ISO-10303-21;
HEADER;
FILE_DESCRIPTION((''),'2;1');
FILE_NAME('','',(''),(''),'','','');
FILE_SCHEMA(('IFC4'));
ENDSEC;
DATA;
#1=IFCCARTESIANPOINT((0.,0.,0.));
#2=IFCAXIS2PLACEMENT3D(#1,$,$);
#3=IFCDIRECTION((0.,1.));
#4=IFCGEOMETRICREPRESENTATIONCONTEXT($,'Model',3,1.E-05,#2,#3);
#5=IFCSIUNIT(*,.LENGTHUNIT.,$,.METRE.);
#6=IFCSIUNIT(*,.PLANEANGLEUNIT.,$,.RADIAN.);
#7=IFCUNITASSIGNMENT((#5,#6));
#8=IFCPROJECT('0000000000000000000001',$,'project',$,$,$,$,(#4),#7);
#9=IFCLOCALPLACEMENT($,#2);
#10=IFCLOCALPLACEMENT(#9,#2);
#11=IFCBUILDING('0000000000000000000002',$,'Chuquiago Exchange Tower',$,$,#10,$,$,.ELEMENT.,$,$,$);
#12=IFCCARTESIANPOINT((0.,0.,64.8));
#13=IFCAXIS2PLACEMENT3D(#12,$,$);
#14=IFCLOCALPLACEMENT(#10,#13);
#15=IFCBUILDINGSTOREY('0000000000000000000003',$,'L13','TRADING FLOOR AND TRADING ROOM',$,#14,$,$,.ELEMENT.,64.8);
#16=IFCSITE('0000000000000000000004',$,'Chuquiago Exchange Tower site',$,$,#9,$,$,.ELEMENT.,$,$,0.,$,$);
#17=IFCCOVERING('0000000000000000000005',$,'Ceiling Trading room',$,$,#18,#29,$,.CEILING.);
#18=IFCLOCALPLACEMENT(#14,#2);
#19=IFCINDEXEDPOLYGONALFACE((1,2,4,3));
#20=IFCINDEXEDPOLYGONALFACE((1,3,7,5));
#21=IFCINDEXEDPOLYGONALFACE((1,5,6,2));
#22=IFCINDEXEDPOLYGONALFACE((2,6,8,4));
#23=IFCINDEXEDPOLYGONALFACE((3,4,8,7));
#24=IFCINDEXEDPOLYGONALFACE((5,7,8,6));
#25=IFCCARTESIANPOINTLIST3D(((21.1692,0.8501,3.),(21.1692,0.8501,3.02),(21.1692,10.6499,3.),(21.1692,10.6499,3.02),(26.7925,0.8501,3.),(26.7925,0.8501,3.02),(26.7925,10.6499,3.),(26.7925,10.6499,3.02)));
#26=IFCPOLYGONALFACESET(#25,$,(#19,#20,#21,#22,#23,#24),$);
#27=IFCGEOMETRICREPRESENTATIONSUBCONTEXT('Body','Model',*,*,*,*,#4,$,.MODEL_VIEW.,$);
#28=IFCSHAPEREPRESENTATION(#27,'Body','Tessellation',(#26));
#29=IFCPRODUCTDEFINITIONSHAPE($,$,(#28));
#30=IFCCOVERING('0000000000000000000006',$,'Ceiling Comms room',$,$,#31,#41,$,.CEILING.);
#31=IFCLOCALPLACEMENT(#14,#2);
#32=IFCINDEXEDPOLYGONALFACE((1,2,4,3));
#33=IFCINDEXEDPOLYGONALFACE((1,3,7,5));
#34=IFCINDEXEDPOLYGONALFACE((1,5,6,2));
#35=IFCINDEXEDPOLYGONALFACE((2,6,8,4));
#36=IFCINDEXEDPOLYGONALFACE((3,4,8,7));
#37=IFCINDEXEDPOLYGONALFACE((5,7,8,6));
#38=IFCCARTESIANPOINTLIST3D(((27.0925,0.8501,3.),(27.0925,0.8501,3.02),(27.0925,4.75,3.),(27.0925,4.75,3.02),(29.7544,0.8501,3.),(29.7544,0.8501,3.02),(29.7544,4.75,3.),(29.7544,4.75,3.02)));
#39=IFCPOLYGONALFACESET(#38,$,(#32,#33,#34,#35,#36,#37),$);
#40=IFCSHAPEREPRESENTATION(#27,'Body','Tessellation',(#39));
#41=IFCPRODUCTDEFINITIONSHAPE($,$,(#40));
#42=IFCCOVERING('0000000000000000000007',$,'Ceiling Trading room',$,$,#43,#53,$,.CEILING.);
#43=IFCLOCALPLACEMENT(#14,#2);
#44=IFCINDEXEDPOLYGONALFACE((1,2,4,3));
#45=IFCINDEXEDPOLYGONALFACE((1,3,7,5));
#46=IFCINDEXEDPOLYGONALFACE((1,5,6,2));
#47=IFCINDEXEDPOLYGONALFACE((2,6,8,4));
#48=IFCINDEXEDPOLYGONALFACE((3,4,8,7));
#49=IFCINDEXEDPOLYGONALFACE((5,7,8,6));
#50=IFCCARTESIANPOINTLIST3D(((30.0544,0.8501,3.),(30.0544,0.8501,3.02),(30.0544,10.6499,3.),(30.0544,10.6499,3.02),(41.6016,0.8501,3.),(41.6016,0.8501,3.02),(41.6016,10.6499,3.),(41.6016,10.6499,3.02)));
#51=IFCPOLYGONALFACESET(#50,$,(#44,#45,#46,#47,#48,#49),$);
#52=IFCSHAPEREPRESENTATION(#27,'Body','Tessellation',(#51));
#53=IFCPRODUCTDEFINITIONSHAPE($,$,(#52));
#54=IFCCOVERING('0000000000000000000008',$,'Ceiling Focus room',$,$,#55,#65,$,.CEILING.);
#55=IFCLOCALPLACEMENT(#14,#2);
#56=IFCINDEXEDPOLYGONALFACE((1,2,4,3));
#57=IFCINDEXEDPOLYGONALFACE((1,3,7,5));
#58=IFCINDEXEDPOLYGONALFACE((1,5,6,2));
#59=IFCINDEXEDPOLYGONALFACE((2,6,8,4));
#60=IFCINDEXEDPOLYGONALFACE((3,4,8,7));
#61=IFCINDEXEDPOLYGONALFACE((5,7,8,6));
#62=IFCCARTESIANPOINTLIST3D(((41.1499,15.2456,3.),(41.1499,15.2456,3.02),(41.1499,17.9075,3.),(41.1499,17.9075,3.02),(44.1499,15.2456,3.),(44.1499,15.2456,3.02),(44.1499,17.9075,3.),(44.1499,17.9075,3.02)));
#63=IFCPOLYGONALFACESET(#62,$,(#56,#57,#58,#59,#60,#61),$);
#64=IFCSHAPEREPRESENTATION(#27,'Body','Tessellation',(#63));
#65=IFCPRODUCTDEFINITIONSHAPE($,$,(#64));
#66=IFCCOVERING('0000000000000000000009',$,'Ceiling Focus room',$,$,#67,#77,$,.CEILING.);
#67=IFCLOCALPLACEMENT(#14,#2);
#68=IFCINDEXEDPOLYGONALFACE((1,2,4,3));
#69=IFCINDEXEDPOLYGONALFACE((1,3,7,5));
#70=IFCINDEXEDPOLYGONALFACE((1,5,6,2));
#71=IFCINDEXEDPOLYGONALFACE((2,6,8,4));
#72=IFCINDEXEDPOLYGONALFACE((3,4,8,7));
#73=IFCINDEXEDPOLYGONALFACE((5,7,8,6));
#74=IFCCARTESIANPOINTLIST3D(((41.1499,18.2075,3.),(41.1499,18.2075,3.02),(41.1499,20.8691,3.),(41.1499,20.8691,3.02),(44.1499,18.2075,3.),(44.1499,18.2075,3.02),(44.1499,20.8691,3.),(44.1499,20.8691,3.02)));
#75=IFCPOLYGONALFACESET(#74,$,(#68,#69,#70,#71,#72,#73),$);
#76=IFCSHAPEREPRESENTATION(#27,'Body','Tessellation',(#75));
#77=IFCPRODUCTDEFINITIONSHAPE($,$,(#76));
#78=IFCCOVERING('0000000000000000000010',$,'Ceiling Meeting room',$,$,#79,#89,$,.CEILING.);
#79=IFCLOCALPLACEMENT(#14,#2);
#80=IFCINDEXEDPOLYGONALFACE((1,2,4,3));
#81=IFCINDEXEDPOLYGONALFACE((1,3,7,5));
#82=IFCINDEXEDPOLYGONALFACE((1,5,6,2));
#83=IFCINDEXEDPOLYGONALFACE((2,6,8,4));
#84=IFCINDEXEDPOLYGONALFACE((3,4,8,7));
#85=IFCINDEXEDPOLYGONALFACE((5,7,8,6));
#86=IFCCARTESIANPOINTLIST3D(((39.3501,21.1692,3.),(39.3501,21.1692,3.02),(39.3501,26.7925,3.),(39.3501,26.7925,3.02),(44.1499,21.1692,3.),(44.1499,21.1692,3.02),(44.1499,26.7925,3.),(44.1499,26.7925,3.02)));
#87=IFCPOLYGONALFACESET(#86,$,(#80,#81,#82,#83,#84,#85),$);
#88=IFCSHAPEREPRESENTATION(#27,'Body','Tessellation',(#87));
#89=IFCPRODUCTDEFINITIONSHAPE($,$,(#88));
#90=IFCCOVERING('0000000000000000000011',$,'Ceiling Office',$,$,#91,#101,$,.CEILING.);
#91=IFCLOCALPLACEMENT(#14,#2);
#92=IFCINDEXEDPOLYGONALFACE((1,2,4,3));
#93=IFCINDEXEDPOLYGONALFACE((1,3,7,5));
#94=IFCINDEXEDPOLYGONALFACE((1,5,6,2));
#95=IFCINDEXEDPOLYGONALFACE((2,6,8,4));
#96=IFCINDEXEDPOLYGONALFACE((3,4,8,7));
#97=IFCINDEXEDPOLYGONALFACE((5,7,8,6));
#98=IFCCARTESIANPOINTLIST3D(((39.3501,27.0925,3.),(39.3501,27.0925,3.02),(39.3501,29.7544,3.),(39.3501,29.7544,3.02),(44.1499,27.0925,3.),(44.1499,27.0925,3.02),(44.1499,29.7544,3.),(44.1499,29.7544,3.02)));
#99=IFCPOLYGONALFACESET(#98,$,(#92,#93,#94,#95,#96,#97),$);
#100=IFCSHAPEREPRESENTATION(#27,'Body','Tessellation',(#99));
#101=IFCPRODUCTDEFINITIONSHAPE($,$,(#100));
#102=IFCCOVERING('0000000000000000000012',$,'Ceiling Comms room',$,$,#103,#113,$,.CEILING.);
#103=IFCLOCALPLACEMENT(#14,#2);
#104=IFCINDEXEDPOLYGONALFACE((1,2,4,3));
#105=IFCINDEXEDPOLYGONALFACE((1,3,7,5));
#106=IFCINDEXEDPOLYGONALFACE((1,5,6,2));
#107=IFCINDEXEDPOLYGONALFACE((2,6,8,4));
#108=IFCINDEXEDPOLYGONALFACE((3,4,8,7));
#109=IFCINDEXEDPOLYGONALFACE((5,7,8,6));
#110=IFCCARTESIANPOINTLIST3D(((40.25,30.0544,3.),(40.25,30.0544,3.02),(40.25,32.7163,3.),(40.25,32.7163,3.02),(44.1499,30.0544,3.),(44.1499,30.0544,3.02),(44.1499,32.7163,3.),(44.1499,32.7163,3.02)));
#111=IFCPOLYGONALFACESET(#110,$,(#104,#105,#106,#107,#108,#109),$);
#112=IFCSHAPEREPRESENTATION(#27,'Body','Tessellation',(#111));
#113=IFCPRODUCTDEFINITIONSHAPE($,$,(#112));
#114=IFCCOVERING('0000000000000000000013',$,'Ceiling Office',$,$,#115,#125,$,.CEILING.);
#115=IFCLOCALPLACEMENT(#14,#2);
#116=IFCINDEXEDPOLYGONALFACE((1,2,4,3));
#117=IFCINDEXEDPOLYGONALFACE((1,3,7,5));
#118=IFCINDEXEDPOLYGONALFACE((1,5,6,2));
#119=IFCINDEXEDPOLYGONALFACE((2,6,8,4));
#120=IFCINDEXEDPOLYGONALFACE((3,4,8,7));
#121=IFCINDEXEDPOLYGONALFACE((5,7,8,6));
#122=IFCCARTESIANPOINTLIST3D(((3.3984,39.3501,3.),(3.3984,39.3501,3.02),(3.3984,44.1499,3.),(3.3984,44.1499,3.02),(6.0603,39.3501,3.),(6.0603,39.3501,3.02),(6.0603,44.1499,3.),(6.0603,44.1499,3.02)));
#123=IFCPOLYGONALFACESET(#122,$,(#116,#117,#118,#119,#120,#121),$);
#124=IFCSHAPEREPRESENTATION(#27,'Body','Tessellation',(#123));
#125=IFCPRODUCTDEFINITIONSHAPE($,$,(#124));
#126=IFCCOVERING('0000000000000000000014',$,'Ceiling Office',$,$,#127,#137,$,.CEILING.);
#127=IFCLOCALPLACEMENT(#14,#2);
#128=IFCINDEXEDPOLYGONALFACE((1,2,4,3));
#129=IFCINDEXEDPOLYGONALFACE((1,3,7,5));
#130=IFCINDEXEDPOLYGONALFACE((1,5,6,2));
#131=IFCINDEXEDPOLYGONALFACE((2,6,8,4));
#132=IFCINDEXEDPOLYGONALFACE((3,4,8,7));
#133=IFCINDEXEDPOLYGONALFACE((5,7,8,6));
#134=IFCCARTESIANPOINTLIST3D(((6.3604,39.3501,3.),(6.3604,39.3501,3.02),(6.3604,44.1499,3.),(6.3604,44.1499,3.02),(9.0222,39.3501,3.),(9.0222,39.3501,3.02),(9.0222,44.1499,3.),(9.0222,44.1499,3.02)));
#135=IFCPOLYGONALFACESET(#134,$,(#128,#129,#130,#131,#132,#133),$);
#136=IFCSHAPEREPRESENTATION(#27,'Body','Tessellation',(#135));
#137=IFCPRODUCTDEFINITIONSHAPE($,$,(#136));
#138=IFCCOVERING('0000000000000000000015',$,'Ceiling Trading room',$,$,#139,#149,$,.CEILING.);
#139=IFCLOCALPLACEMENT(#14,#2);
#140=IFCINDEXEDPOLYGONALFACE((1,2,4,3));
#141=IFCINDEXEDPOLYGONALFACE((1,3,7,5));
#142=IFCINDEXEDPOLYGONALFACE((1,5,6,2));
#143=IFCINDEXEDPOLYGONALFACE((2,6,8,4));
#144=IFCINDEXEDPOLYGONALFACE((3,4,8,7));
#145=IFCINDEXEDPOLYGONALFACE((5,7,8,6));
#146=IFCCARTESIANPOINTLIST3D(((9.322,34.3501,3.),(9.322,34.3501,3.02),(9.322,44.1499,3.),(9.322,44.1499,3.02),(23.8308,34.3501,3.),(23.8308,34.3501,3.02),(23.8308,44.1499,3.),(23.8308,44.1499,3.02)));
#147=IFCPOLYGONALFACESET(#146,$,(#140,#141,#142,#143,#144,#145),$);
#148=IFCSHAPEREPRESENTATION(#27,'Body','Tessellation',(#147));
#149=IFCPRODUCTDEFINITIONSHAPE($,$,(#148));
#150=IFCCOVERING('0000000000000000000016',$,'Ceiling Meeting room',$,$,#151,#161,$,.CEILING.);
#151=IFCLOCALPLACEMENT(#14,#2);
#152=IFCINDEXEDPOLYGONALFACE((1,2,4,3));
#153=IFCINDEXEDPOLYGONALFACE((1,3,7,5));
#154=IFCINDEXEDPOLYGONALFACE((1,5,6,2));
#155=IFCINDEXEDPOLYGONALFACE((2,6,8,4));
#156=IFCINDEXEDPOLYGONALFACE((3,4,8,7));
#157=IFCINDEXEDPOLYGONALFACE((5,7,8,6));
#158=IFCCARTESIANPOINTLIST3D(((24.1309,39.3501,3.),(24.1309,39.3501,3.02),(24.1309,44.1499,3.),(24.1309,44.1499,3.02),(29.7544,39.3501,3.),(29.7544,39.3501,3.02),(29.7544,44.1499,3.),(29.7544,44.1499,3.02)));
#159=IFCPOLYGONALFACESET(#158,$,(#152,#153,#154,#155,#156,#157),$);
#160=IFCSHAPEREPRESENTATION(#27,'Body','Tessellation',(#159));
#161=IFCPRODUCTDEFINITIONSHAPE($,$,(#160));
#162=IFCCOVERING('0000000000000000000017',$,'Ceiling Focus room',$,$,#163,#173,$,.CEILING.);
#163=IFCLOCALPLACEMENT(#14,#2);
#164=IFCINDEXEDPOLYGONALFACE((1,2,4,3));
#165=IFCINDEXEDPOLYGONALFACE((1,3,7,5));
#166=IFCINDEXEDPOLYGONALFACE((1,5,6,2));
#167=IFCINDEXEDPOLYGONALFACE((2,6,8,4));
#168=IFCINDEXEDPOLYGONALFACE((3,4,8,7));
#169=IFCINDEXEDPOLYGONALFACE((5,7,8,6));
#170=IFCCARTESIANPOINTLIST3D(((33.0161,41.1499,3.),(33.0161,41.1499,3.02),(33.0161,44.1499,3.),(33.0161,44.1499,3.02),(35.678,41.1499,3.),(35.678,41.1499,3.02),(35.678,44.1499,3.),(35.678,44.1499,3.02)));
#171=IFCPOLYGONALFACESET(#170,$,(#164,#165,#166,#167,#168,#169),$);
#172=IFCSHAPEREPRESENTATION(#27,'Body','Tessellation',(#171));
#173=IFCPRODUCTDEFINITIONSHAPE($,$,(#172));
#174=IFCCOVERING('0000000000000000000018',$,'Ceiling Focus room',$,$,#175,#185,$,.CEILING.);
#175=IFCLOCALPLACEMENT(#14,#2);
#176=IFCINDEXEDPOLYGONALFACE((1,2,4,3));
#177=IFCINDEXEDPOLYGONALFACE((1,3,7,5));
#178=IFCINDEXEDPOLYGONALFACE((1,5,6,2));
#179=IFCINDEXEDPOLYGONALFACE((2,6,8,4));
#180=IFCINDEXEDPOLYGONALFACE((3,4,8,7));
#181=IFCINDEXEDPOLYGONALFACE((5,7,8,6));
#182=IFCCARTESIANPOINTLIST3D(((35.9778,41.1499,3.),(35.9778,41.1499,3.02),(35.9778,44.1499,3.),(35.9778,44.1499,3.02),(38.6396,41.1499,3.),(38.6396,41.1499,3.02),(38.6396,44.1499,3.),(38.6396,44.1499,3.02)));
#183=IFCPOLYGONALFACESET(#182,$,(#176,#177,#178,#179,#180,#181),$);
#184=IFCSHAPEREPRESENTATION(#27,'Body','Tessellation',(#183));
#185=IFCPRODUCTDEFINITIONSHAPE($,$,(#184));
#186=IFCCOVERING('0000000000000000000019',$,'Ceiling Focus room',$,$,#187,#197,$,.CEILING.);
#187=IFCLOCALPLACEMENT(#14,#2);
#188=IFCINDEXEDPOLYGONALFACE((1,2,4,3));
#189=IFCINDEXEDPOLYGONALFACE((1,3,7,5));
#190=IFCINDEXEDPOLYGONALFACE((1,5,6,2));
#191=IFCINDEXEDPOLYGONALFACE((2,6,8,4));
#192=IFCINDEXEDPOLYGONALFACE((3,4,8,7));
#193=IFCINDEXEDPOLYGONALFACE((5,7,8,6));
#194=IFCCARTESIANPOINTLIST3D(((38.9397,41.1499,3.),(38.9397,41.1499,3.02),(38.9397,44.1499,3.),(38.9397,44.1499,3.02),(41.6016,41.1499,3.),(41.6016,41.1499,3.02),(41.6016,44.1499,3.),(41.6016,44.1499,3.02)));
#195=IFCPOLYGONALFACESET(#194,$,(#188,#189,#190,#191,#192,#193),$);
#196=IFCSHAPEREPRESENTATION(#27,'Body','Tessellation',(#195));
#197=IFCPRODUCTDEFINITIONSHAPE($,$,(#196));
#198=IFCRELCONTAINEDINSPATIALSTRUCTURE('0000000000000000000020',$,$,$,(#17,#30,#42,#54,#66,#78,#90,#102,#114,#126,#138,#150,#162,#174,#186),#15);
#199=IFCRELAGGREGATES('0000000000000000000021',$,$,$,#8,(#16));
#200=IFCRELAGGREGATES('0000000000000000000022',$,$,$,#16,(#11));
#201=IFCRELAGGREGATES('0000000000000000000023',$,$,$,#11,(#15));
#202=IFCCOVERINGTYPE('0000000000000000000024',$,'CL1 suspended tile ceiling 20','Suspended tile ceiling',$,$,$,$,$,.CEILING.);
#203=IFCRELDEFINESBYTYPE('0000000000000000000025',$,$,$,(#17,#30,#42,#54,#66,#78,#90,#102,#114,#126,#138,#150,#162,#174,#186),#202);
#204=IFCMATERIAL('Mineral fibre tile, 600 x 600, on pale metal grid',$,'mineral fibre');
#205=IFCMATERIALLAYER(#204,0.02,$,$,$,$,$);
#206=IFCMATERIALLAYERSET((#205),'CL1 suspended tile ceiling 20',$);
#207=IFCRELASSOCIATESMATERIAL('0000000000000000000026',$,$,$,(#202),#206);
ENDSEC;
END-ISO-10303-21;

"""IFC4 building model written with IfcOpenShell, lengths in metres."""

from ifc_helpers import new_model, si_unit, direction, frame, origin, place, context, subcontext, project, spatial, polyline, outline, extrude, material, layer, layer_set, type_object, element, save


model = new_model("IFC4")

# Units and contexts
model_context = context("Model", 3, precision=1e-05, world=origin(), true_north=direction((0.0, 1.0)))
body_context = subcontext(model_context, "Body", "Model", "MODEL_VIEW")
ifc_project = project(units=[si_unit("LENGTHUNIT", "METRE"), si_unit("PLANEANGLEUNIT", "RADIAN")], contexts=[model_context])

# Site, building, storey
site_placement = place(None, origin())
site = spatial("IfcSite", under=ifc_project, at=site_placement, Name="Chuquiago Exchange Tower site", CompositionType="ELEMENT", RefElevation=0.0)
building_placement = place(site_placement, origin())
building = spatial("IfcBuilding", under=site, at=building_placement, Name="Chuquiago Exchange Tower", CompositionType="ELEMENT")
storey_placement = place(building_placement, frame((0.0, 0.0, 64.8)))
storey = spatial("IfcBuildingStorey", under=building, at=storey_placement, Name="L13", Description="TRADING FLOOR AND TRADING ROOM", CompositionType="ELEMENT", Elevation=64.8)

# Coverings
ifc_material_1 = material(Name="Mineral fibre tile, 600 x 600, on pale metal grid", Category="mineral fibre")
ifc_layer_1 = layer(ifc_material_1, 0.02)
ifc_layer_set_1 = layer_set([ifc_layer_1], Name="CL1 suspended tile ceiling 20")
covering_type_1 = type_object("IfcCoveringType", Name="CL1 suspended tile ceiling 20", Description="Suspended tile ceiling", PredefinedType="CEILING", material=ifc_layer_set_1)
covering_1_placement = place(storey_placement, frame((0.0, 0.0, 3.0)))
element("IfcCovering", 1, at=covering_1_placement, inside=storey, type_object=covering_type_1, Name="Ceiling Trading room", PredefinedType="CEILING", context=body_context, shape_type="SweptSolid", body=[
    extrude(outline(polyline([(21.1692, 10.6499), (26.7925, 10.6499), (26.7925, 0.8501), (21.1692, 0.8501), (21.1692, 10.6499)])), origin(), (0.0, 0.0, 1.0), 0.02),
])
covering_2_placement = place(storey_placement, frame((0.0, 0.0, 3.0)))
element("IfcCovering", 2, at=covering_2_placement, inside=storey, type_object=covering_type_1, Name="Ceiling Comms room", PredefinedType="CEILING", context=body_context, shape_type="SweptSolid", body=[
    extrude(outline(polyline([(27.0925, 4.75), (29.7544, 4.75), (29.7544, 0.8501), (27.0925, 0.8501), (27.0925, 4.75)])), origin(), (0.0, 0.0, 1.0), 0.02),
])
covering_3_placement = place(storey_placement, frame((0.0, 0.0, 3.0)))
element("IfcCovering", 3, at=covering_3_placement, inside=storey, type_object=covering_type_1, Name="Ceiling Trading room", PredefinedType="CEILING", context=body_context, shape_type="SweptSolid", body=[
    extrude(outline(polyline([(30.0544, 0.8501), (30.0544, 10.6499), (41.6016, 10.6499), (41.6016, 0.8501), (30.0544, 0.8501)])), origin(), (0.0, 0.0, 1.0), 0.02),
])
covering_4_placement = place(storey_placement, frame((0.0, 0.0, 3.0)))
element("IfcCovering", 4, at=covering_4_placement, inside=storey, type_object=covering_type_1, Name="Ceiling Focus room", PredefinedType="CEILING", context=body_context, shape_type="SweptSolid", body=[
    extrude(outline(polyline([(41.1499, 15.2456), (41.1499, 17.9075), (44.1499, 17.9075), (44.1499, 15.2456), (41.1499, 15.2456)])), origin(), (0.0, 0.0, 1.0), 0.02),
])
covering_5_placement = place(storey_placement, frame((0.0, 0.0, 3.0)))
element("IfcCovering", 5, at=covering_5_placement, inside=storey, type_object=covering_type_1, Name="Ceiling Focus room", PredefinedType="CEILING", context=body_context, shape_type="SweptSolid", body=[
    extrude(outline(polyline([(41.1499, 18.2075), (41.1499, 20.8691), (44.1499, 20.8691), (44.1499, 18.2075), (41.1499, 18.2075)])), origin(), (0.0, 0.0, 1.0), 0.02),
])
covering_6_placement = place(storey_placement, frame((0.0, 0.0, 3.0)))
element("IfcCovering", 6, at=covering_6_placement, inside=storey, type_object=covering_type_1, Name="Ceiling Meeting room", PredefinedType="CEILING", context=body_context, shape_type="SweptSolid", body=[
    extrude(outline(polyline([(39.3501, 21.1692), (39.3501, 26.7925), (44.1499, 26.7925), (44.1499, 21.1692), (39.3501, 21.1692)])), origin(), (0.0, 0.0, 1.0), 0.02),
])
covering_7_placement = place(storey_placement, frame((0.0, 0.0, 3.0)))
element("IfcCovering", 7, at=covering_7_placement, inside=storey, type_object=covering_type_1, Name="Ceiling Office", PredefinedType="CEILING", context=body_context, shape_type="SweptSolid", body=[
    extrude(outline(polyline([(39.3501, 27.0925), (39.3501, 29.7544), (44.1499, 29.7544), (44.1499, 27.0925), (39.3501, 27.0925)])), origin(), (0.0, 0.0, 1.0), 0.02),
])
covering_8_placement = place(storey_placement, frame((0.0, 0.0, 3.0)))
element("IfcCovering", 8, at=covering_8_placement, inside=storey, type_object=covering_type_1, Name="Ceiling Comms room", PredefinedType="CEILING", context=body_context, shape_type="SweptSolid", body=[
    extrude(outline(polyline([(40.25, 30.0544), (40.25, 32.7163), (44.1499, 32.7163), (44.1499, 30.0544), (40.25, 30.0544)])), origin(), (0.0, 0.0, 1.0), 0.02),
])
covering_9_placement = place(storey_placement, frame((0.0, 0.0, 3.0)))
element("IfcCovering", 9, at=covering_9_placement, inside=storey, type_object=covering_type_1, Name="Ceiling Office", PredefinedType="CEILING", context=body_context, shape_type="SweptSolid", body=[
    extrude(outline(polyline([(6.0603, 44.1499), (6.0603, 39.3501), (3.3984, 39.3501), (3.3984, 44.1499), (6.0603, 44.1499)])), origin(), (0.0, 0.0, 1.0), 0.02),
])
covering_10_placement = place(storey_placement, frame((0.0, 0.0, 3.0)))
element("IfcCovering", 10, at=covering_10_placement, inside=storey, type_object=covering_type_1, Name="Ceiling Office", PredefinedType="CEILING", context=body_context, shape_type="SweptSolid", body=[
    extrude(outline(polyline([(9.0222, 39.3501), (6.3604, 39.3501), (6.3604, 44.1499), (9.0222, 44.1499), (9.0222, 39.3501)])), origin(), (0.0, 0.0, 1.0), 0.02),
])
covering_11_placement = place(storey_placement, frame((0.0, 0.0, 3.0)))
element("IfcCovering", 11, at=covering_11_placement, inside=storey, type_object=covering_type_1, Name="Ceiling Trading room", PredefinedType="CEILING", context=body_context, shape_type="SweptSolid", body=[
    extrude(outline(polyline([(23.8308, 34.3501), (9.322, 34.3501), (9.322, 44.1499), (23.8308, 44.1499), (23.8308, 34.3501)])), origin(), (0.0, 0.0, 1.0), 0.02),
])
covering_12_placement = place(storey_placement, frame((0.0, 0.0, 3.0)))
element("IfcCovering", 12, at=covering_12_placement, inside=storey, type_object=covering_type_1, Name="Ceiling Meeting room", PredefinedType="CEILING", context=body_context, shape_type="SweptSolid", body=[
    extrude(outline(polyline([(29.7544, 39.3501), (24.1309, 39.3501), (24.1309, 44.1499), (29.7544, 44.1499), (29.7544, 39.3501)])), origin(), (0.0, 0.0, 1.0), 0.02),
])
covering_13_placement = place(storey_placement, frame((0.0, 0.0, 3.0)))
element("IfcCovering", 13, at=covering_13_placement, inside=storey, type_object=covering_type_1, Name="Ceiling Focus room", PredefinedType="CEILING", context=body_context, shape_type="SweptSolid", body=[
    extrude(outline(polyline([(35.678, 41.1499), (33.0161, 41.1499), (33.0161, 44.1499), (35.678, 44.1499), (35.678, 41.1499)])), origin(), (0.0, 0.0, 1.0), 0.02),
])
covering_14_placement = place(storey_placement, frame((0.0, 0.0, 3.0)))
element("IfcCovering", 14, at=covering_14_placement, inside=storey, type_object=covering_type_1, Name="Ceiling Focus room", PredefinedType="CEILING", context=body_context, shape_type="SweptSolid", body=[
    extrude(outline(polyline([(38.6396, 41.1499), (35.9778, 41.1499), (35.9778, 44.1499), (38.6396, 44.1499), (38.6396, 41.1499)])), origin(), (0.0, 0.0, 1.0), 0.02),
])
covering_15_placement = place(storey_placement, frame((0.0, 0.0, 3.0)))
element("IfcCovering", 15, at=covering_15_placement, inside=storey, type_object=covering_type_1, Name="Ceiling Focus room", PredefinedType="CEILING", context=body_context, shape_type="SweptSolid", body=[
    extrude(outline(polyline([(41.6016, 41.1499), (38.9397, 41.1499), (38.9397, 44.1499), (41.6016, 44.1499), (41.6016, 41.1499)])), origin(), (0.0, 0.0, 1.0), 0.02),
])

save(model, "model.ifc")
